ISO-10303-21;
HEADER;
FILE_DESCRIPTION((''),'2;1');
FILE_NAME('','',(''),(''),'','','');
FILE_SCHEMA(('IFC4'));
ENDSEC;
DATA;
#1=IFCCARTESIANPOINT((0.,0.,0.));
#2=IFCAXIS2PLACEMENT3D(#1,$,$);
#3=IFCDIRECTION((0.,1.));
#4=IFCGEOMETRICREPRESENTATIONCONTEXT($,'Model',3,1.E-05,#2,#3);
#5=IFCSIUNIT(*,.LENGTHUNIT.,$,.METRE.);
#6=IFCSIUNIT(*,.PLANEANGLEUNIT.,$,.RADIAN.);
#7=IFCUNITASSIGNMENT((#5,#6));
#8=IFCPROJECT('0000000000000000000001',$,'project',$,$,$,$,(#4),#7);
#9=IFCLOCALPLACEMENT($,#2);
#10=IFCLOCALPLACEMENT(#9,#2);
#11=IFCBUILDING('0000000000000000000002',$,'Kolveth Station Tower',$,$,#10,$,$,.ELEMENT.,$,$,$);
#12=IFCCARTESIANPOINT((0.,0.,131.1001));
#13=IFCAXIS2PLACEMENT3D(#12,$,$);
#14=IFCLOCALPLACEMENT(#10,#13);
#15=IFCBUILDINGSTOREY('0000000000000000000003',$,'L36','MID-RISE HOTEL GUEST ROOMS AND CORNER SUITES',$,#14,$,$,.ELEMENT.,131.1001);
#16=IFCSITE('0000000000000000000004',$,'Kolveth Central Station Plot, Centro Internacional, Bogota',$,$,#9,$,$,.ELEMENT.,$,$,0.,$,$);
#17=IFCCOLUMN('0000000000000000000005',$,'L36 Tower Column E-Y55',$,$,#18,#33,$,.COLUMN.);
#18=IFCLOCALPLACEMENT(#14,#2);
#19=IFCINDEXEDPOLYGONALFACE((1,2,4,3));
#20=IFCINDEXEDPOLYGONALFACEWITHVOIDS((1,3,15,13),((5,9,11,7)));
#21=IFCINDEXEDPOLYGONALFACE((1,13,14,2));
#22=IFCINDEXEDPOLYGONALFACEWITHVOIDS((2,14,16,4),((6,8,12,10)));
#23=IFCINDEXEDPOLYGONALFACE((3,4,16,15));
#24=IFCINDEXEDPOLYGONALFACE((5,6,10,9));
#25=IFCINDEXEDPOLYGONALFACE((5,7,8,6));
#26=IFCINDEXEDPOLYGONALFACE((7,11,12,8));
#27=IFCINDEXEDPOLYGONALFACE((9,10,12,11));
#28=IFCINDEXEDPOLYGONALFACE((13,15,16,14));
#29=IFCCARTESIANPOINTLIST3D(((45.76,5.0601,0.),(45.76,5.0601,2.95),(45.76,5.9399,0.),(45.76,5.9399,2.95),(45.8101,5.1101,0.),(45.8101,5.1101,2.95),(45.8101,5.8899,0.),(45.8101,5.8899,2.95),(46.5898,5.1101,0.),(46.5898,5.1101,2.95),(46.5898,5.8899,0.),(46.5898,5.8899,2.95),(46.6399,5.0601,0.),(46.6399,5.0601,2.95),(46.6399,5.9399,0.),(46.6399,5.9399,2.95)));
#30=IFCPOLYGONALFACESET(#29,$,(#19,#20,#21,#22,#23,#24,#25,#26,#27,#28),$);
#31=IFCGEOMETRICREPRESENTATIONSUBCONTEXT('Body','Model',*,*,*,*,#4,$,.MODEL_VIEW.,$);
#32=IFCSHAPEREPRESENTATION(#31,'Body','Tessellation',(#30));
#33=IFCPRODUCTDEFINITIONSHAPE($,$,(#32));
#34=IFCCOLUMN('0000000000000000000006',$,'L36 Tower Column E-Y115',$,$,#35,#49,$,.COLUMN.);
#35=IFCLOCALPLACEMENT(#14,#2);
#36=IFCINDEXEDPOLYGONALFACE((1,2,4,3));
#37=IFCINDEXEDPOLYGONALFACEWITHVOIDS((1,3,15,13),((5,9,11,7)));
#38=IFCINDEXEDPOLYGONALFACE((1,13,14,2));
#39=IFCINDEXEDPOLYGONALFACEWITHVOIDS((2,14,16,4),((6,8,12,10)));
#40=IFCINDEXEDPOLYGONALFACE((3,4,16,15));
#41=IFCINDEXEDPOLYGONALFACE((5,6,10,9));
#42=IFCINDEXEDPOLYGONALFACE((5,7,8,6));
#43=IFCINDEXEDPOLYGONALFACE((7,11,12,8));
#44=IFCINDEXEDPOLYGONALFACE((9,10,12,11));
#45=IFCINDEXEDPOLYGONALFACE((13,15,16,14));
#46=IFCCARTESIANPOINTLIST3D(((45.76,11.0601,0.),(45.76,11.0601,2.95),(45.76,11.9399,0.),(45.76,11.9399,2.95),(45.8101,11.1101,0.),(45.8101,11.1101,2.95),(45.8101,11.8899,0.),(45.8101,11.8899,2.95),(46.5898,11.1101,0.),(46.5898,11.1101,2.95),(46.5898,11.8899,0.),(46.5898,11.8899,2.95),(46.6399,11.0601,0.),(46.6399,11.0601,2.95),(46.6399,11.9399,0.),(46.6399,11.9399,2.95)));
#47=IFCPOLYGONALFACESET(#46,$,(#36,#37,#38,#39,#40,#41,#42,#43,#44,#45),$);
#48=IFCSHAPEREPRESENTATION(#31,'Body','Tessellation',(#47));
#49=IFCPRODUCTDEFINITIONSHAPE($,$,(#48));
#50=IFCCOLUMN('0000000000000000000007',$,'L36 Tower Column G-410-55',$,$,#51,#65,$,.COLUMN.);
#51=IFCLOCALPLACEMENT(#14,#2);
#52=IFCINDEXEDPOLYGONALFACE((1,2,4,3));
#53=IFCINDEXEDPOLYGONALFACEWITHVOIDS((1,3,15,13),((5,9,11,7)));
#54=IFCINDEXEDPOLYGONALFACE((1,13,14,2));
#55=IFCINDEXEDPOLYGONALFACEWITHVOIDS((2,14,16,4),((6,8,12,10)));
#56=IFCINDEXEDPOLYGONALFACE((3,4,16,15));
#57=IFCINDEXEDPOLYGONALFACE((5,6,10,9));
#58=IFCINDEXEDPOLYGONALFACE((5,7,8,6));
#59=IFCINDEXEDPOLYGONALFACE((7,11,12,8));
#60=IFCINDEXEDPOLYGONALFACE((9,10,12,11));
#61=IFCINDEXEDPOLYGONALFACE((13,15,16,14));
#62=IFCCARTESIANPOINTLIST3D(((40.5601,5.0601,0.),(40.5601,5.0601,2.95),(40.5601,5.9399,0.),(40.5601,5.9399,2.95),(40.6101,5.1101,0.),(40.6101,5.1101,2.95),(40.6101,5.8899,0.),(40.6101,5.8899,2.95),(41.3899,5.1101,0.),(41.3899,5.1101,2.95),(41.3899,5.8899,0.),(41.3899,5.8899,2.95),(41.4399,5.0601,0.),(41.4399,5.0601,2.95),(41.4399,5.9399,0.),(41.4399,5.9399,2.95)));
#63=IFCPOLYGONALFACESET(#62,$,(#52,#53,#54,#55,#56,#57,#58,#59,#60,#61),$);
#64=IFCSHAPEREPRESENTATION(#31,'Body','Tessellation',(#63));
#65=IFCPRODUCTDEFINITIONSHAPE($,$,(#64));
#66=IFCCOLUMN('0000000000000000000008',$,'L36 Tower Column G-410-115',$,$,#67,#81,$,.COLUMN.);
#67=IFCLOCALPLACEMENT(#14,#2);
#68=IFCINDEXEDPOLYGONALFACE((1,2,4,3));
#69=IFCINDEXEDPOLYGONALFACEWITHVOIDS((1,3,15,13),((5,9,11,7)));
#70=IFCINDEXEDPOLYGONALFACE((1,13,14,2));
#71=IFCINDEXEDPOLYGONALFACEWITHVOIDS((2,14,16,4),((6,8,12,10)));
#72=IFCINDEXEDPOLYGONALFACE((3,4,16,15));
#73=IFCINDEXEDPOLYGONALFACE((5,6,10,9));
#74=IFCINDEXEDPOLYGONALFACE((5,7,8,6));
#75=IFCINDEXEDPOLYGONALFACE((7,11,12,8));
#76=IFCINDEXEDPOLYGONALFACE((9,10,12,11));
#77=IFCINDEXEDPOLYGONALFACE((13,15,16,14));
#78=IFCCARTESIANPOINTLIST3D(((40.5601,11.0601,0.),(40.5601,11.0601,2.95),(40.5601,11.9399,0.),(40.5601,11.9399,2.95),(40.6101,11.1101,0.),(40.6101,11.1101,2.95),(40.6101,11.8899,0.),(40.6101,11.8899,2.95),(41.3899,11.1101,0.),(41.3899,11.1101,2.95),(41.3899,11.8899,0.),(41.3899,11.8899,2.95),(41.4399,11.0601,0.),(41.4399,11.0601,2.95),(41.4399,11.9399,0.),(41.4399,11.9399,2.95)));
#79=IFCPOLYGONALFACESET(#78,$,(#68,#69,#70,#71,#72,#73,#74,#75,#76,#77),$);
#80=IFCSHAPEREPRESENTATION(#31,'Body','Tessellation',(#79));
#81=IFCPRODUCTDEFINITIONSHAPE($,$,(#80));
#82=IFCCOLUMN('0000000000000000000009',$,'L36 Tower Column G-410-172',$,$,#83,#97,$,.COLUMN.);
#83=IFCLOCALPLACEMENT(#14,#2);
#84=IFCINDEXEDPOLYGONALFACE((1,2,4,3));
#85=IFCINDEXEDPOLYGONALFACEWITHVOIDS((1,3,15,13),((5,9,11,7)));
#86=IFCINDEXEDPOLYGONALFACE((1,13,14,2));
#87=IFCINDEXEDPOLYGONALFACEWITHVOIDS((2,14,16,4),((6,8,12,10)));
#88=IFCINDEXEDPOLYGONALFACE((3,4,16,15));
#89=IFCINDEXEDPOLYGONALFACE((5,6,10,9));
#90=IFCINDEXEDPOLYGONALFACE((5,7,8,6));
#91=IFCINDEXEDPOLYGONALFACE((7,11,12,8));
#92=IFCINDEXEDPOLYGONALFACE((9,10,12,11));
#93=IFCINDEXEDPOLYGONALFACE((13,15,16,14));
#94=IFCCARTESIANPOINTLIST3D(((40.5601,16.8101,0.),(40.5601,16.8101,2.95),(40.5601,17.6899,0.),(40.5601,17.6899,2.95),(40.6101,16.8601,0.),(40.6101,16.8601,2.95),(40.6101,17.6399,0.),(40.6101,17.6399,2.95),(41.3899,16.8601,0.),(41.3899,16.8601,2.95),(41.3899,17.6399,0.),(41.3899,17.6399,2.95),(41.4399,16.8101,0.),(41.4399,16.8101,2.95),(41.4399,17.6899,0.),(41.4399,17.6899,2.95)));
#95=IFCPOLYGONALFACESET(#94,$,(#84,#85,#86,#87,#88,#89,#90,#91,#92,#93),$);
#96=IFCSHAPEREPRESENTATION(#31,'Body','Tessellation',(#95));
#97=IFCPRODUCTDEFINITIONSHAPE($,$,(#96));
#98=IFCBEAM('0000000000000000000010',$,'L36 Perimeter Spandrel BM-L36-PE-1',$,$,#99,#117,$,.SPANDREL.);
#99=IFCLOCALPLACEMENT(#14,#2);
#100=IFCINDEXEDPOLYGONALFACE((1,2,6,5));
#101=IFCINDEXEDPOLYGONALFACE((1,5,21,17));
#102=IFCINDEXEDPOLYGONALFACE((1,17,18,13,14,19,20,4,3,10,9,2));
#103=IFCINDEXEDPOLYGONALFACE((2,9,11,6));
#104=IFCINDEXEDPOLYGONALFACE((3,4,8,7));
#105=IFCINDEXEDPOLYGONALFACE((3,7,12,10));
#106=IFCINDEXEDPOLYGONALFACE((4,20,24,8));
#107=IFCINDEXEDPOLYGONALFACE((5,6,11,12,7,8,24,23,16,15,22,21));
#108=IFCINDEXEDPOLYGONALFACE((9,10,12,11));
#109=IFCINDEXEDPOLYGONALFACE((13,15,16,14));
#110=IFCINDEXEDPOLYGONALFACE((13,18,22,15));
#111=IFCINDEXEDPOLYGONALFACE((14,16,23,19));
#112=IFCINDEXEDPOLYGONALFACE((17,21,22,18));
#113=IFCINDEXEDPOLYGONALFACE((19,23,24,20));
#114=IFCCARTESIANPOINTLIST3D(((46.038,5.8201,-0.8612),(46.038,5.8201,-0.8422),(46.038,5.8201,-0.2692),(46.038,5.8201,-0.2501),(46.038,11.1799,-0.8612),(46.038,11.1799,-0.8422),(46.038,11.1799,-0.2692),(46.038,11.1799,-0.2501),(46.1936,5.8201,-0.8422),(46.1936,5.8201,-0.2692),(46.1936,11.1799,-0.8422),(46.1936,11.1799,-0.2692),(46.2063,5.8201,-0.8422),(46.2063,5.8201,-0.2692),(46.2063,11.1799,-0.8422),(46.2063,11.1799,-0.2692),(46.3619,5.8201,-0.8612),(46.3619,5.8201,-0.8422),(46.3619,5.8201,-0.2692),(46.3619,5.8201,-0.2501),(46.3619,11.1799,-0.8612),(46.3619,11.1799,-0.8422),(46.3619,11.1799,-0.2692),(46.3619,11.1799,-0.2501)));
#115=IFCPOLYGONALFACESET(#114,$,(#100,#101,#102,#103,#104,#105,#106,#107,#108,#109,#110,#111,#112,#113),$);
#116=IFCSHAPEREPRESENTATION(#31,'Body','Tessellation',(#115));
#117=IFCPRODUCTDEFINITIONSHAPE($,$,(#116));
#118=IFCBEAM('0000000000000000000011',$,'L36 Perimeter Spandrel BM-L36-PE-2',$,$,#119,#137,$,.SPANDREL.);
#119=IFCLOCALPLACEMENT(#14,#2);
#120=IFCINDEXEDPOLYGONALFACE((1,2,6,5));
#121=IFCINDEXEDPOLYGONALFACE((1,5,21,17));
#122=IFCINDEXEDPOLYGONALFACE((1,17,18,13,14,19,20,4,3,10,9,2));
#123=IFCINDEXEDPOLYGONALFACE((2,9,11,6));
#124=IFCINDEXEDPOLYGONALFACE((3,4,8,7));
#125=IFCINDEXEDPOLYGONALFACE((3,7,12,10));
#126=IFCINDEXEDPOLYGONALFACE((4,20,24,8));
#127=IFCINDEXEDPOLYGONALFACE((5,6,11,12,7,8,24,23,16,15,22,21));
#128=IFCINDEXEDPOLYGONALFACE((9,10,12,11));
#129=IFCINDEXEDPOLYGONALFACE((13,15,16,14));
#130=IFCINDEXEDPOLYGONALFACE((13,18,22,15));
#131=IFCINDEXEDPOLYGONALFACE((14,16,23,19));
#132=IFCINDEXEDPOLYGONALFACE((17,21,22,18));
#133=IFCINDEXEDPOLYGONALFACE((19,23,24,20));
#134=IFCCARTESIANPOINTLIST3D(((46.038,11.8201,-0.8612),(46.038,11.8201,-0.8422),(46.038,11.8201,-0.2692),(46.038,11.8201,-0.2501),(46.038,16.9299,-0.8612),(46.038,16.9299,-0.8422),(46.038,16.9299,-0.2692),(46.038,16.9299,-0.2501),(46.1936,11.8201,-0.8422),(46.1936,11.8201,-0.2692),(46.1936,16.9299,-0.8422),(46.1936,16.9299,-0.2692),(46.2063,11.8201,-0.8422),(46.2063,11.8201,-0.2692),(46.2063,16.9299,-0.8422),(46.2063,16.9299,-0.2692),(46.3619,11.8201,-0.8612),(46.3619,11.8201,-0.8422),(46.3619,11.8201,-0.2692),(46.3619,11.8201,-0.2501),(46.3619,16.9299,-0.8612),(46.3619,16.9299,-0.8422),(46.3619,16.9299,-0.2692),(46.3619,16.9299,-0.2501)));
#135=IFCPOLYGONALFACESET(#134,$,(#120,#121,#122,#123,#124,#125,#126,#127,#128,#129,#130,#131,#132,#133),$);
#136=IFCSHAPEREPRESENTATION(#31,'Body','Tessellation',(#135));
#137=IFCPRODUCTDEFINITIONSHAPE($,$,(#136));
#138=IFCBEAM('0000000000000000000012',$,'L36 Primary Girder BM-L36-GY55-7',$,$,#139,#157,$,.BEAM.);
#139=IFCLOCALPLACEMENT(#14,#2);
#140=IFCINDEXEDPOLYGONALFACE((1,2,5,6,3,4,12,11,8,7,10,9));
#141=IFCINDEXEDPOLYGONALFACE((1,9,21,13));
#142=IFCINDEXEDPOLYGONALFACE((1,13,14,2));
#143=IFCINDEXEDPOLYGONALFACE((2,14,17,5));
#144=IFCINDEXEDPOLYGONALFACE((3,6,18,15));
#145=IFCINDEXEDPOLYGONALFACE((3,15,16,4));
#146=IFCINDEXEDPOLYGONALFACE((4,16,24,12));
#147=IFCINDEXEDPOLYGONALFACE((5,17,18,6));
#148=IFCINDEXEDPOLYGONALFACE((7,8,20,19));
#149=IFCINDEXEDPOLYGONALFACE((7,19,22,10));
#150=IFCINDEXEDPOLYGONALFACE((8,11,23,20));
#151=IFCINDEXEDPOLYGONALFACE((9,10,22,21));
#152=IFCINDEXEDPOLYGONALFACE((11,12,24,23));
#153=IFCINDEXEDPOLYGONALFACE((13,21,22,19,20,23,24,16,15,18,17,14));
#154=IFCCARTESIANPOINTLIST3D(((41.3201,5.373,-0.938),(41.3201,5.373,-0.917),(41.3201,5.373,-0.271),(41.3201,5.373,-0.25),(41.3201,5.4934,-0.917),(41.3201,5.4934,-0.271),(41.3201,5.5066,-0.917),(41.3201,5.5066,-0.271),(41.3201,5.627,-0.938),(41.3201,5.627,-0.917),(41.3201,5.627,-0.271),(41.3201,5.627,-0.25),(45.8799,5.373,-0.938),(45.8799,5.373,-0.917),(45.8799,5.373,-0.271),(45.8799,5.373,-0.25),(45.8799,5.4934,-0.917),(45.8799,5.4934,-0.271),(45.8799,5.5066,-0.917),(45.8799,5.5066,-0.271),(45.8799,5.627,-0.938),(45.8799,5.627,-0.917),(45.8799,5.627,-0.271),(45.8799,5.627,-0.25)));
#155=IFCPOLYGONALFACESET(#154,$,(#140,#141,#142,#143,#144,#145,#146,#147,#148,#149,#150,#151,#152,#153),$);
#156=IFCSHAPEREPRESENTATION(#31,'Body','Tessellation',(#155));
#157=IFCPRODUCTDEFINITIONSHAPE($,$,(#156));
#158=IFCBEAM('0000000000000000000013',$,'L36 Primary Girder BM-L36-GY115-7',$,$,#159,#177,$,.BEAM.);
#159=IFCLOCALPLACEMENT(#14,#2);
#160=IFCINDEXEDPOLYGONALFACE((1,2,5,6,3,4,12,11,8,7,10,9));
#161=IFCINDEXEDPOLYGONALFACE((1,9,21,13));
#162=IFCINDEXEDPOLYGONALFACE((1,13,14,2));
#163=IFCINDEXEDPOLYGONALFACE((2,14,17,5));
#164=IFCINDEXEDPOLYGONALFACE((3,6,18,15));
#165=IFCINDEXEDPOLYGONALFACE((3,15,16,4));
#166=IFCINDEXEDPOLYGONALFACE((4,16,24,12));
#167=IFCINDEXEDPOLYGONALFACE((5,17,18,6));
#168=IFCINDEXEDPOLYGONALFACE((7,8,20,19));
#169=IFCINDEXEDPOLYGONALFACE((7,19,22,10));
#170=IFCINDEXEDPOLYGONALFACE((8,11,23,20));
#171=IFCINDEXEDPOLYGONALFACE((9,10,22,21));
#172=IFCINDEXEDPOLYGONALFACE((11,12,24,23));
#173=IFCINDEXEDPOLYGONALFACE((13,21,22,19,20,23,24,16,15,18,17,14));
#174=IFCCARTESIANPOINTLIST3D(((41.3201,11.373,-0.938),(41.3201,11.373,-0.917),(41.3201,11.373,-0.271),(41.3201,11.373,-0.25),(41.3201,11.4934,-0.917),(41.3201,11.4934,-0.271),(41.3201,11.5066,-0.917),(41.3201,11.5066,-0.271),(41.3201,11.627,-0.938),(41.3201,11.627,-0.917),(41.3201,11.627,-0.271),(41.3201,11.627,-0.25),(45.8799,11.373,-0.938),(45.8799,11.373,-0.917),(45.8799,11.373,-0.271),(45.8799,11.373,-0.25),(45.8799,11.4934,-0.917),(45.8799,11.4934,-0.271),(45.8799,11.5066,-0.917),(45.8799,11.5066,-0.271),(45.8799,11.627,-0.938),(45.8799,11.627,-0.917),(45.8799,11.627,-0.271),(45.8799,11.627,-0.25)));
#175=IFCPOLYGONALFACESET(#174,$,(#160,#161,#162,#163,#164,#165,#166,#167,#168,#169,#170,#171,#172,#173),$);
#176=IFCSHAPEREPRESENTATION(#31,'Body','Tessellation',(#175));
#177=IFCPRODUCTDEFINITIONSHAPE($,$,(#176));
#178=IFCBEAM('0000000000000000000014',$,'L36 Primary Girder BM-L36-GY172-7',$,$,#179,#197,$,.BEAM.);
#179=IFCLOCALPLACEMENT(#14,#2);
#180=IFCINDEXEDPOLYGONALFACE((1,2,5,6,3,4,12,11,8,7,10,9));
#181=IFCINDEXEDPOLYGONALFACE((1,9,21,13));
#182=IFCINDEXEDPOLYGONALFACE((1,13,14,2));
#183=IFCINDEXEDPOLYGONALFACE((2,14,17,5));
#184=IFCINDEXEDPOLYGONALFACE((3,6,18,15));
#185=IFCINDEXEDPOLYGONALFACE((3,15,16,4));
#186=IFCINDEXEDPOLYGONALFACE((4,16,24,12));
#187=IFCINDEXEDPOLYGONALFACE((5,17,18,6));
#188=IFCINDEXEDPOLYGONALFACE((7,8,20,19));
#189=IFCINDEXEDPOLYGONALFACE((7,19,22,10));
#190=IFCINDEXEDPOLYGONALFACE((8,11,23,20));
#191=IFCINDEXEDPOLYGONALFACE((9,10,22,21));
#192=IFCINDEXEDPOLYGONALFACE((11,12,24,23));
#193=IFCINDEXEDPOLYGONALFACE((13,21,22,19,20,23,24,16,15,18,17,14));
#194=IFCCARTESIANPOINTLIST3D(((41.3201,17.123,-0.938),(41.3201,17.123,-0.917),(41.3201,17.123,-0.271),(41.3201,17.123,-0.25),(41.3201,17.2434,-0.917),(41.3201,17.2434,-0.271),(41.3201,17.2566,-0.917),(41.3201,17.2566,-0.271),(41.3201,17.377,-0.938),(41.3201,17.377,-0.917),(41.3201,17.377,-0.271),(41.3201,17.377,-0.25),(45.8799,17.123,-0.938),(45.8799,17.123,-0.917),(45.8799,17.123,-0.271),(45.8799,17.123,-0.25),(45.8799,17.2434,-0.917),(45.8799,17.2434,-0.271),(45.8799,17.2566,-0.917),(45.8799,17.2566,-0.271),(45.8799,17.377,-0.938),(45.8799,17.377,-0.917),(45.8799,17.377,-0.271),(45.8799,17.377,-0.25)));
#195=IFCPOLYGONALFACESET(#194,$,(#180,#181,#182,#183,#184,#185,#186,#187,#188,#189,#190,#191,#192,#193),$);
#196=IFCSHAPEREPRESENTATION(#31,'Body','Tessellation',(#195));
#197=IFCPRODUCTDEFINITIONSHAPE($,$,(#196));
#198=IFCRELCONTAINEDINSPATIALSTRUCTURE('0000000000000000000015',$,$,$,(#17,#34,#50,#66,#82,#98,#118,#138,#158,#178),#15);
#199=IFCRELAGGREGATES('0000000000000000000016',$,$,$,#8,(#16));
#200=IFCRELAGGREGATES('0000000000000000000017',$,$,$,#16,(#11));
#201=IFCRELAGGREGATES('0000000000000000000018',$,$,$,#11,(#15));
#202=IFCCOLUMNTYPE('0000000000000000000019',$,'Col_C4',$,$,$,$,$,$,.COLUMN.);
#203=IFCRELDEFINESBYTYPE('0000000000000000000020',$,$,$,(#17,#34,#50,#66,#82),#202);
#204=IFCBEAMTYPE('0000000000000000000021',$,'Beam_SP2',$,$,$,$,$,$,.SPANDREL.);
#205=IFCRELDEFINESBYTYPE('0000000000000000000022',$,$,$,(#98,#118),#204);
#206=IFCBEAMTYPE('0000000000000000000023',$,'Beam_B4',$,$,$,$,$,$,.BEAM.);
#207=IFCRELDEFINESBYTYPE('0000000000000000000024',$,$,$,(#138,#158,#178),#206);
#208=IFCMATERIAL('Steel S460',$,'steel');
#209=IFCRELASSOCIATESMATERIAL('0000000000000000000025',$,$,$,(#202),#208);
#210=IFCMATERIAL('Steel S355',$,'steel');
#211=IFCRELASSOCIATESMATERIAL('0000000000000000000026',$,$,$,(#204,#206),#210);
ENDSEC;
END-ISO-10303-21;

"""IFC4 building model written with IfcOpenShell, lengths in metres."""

from ifc_helpers import new_model, si_unit, direction, frame, origin, origin_2d, place, context, subcontext, project, spatial, hollow_rectangle, i_section, extrude, source, transform, mapped, material, material_profile, profile_set, type_object, element, save


model = new_model("IFC4")

# Units and contexts
model_context = context("Model", 3, precision=1e-05, world=origin(), true_north=direction((0.0, 1.0)))
body_context = subcontext(model_context, "Body", "Model", "MODEL_VIEW")
ifc_project = project(units=[si_unit("LENGTHUNIT", "METRE"), si_unit("PLANEANGLEUNIT", "RADIAN")], contexts=[model_context])

# Site, building, storey
site_placement = place(None, origin())
site = spatial("IfcSite", under=ifc_project, at=site_placement, Name="Kolveth Central Station Plot, Centro Internacional, Bogota", CompositionType="ELEMENT", RefElevation=0.0)
building_placement = place(site_placement, origin())
building = spatial("IfcBuilding", under=site, at=building_placement, Name="Kolveth Station Tower", CompositionType="ELEMENT")
storey_placement = place(building_placement, frame((0.0, 0.0, 131.1001)))
storey = spatial("IfcBuildingStorey", under=building, at=storey_placement, Name="L36", Description="MID-RISE HOTEL GUEST ROOMS AND CORNER SUITES", CompositionType="ELEMENT", Elevation=131.1001)

# Columns
ifc_material_1 = material(Name="Steel S460", Category="steel")
ifc_material_profile_1 = material_profile(ifc_material_1, hollow_rectangle(XDim=0.8799, YDim=0.8799, WallThickness=0.05, at=origin_2d()), Name="BOX880x880x50")
ifc_profile_set_1 = profile_set([ifc_material_profile_1], Name="Steel S460")
column_type = type_object("IfcColumnType", Name="Col_C4", PredefinedType="COLUMN", material=ifc_profile_set_1)
shared_shape_1 = source(origin(), body_context, "Body", "SweptSolid", [
    extrude(hollow_rectangle(XDim=0.8799, YDim=0.8799, WallThickness=0.05, at=origin_2d()), origin(), (0.0, 0.0, 1.0), 2.95),
])
for number, where, z_axis, x_axis, name in (
    (1, (46.2, 5.5, 0.0), (0.0, 0.0, 1.0), (1.0, 0.0, 0.0), "L36 Tower Column E-Y55"),
    (2, (46.2, 11.5, 0.0), (0.0, 0.0, 1.0), (1.0, 0.0, 0.0), "L36 Tower Column E-Y115"),
    (3, (41.0, 5.5, 0.0), (0.0, 0.0, 1.0), (1.0, 0.0, 0.0), "L36 Tower Column G-410-55"),
    (4, (41.0, 11.5, 0.0), (0.0, 0.0, 1.0), (1.0, 0.0, 0.0), "L36 Tower Column G-410-115"),
    (5, (41.0, 17.25, 0.0), (0.0, 0.0, 1.0), (1.0, 0.0, 0.0), "L36 Tower Column G-410-172"),
):
    element("IfcColumn", number, at=place(storey_placement, frame(where, z_axis=z_axis, x_axis=x_axis)), inside=storey, type_object=column_type, Name=name, PredefinedType="COLUMN", context=body_context, shape_type="MappedRepresentation", body=[
        mapped(shared_shape_1, transform((0.0, 0.0, 0.0), x_axis=(1.0, 0.0, 0.0), y_axis=(0.0, 1.0, 0.0), z_axis=(0.0, 0.0, 1.0), scale=1.0)),
    ])

# Beams
ifc_material_2 = material(Name="Steel S355", Category="steel")
ifc_material_profile_2 = material_profile(ifc_material_2, i_section(OverallWidth=0.324, OverallDepth=0.6111, WebThickness=0.0127, FlangeThickness=0.019, at=origin_2d()), Name="W610x155")
ifc_profile_set_2 = profile_set([ifc_material_profile_2], Name="Steel S355")
beam_type_1 = type_object("IfcBeamType", Name="Beam_SP2", PredefinedType="SPANDREL", material=ifc_profile_set_2)
shared_shape_2 = source(origin(), body_context, "Body", "SweptSolid", [
    extrude(i_section(OverallWidth=0.324, OverallDepth=0.6111, WebThickness=0.0127, FlangeThickness=0.019, at=origin_2d()), origin(), (0.0, 0.0, 1.0), 5.3599),
])
beam_1_placement = place(storey_placement, frame((46.2, 5.8201, -0.5557), z_axis=(0.0, 1.0, 0.0), x_axis=(-1.0, 0.0, 0.0)))
element("IfcBeam", 6, at=beam_1_placement, inside=storey, type_object=beam_type_1, Name="L36 Perimeter Spandrel BM-L36-PE-1", PredefinedType="SPANDREL", context=body_context, shape_type="MappedRepresentation", body=[
    mapped(shared_shape_2, transform((0.0, 0.0, 0.0), x_axis=(1.0, 0.0, 0.0), y_axis=(0.0, 1.0, 0.0), z_axis=(0.0, 0.0, 1.0), scale=1.0)),
])
shared_shape_3 = source(origin(), body_context, "Body", "SweptSolid", [
    extrude(i_section(OverallWidth=0.324, OverallDepth=0.6111, WebThickness=0.0127, FlangeThickness=0.019, at=origin_2d()), origin(), (0.0, 0.0, 1.0), 5.1099),
])
beam_2_placement = place(storey_placement, frame((46.2, 11.8201, -0.5557), z_axis=(0.0, 1.0, 0.0), x_axis=(-1.0, 0.0, 0.0)))
element("IfcBeam", 7, at=beam_2_placement, inside=storey, type_object=beam_type_1, Name="L36 Perimeter Spandrel BM-L36-PE-2", PredefinedType="SPANDREL", context=body_context, shape_type="MappedRepresentation", body=[
    mapped(shared_shape_3, transform((0.0, 0.0, 0.0), x_axis=(1.0, 0.0, 0.0), y_axis=(0.0, 1.0, 0.0), z_axis=(0.0, 0.0, 1.0), scale=1.0)),
])
ifc_material_profile_3 = material_profile(ifc_material_2, i_section(OverallWidth=0.2539, OverallDepth=0.688, WebThickness=0.0132, FlangeThickness=0.021, at=origin_2d()), Name="W690x152")
ifc_profile_set_3 = profile_set([ifc_material_profile_3], Name="Steel S355")
beam_type_2 = type_object("IfcBeamType", Name="Beam_B4", PredefinedType="BEAM", material=ifc_profile_set_3)
shared_shape_4 = source(origin(), body_context, "Body", "SweptSolid", [
    extrude(i_section(OverallWidth=0.2539, OverallDepth=0.688, WebThickness=0.0132, FlangeThickness=0.021, at=origin_2d()), origin(), (0.0, 0.0, 1.0), 4.5598),
])
for number, where, z_axis, x_axis, name in (
    (8, (41.3201, 5.5, -0.594), (1.0, 0.0, 0.0), (0.0, 1.0, 0.0), "L36 Primary Girder BM-L36-GY55-7"),
    (9, (41.3201, 11.5, -0.594), (1.0, 0.0, 0.0), (0.0, 1.0, 0.0), "L36 Primary Girder BM-L36-GY115-7"),
    (10, (41.3201, 17.25, -0.594), (1.0, 0.0, 0.0), (0.0, 1.0, 0.0), "L36 Primary Girder BM-L36-GY172-7"),
):
    element("IfcBeam", number, at=place(storey_placement, frame(where, z_axis=z_axis, x_axis=x_axis)), inside=storey, type_object=beam_type_2, Name=name, PredefinedType="BEAM", context=body_context, shape_type="MappedRepresentation", body=[
        mapped(shared_shape_4, transform((0.0, 0.0, 0.0), x_axis=(1.0, 0.0, 0.0), y_axis=(0.0, 1.0, 0.0), z_axis=(0.0, 0.0, 1.0), scale=1.0)),
    ])

save(model, "model.ifc")
